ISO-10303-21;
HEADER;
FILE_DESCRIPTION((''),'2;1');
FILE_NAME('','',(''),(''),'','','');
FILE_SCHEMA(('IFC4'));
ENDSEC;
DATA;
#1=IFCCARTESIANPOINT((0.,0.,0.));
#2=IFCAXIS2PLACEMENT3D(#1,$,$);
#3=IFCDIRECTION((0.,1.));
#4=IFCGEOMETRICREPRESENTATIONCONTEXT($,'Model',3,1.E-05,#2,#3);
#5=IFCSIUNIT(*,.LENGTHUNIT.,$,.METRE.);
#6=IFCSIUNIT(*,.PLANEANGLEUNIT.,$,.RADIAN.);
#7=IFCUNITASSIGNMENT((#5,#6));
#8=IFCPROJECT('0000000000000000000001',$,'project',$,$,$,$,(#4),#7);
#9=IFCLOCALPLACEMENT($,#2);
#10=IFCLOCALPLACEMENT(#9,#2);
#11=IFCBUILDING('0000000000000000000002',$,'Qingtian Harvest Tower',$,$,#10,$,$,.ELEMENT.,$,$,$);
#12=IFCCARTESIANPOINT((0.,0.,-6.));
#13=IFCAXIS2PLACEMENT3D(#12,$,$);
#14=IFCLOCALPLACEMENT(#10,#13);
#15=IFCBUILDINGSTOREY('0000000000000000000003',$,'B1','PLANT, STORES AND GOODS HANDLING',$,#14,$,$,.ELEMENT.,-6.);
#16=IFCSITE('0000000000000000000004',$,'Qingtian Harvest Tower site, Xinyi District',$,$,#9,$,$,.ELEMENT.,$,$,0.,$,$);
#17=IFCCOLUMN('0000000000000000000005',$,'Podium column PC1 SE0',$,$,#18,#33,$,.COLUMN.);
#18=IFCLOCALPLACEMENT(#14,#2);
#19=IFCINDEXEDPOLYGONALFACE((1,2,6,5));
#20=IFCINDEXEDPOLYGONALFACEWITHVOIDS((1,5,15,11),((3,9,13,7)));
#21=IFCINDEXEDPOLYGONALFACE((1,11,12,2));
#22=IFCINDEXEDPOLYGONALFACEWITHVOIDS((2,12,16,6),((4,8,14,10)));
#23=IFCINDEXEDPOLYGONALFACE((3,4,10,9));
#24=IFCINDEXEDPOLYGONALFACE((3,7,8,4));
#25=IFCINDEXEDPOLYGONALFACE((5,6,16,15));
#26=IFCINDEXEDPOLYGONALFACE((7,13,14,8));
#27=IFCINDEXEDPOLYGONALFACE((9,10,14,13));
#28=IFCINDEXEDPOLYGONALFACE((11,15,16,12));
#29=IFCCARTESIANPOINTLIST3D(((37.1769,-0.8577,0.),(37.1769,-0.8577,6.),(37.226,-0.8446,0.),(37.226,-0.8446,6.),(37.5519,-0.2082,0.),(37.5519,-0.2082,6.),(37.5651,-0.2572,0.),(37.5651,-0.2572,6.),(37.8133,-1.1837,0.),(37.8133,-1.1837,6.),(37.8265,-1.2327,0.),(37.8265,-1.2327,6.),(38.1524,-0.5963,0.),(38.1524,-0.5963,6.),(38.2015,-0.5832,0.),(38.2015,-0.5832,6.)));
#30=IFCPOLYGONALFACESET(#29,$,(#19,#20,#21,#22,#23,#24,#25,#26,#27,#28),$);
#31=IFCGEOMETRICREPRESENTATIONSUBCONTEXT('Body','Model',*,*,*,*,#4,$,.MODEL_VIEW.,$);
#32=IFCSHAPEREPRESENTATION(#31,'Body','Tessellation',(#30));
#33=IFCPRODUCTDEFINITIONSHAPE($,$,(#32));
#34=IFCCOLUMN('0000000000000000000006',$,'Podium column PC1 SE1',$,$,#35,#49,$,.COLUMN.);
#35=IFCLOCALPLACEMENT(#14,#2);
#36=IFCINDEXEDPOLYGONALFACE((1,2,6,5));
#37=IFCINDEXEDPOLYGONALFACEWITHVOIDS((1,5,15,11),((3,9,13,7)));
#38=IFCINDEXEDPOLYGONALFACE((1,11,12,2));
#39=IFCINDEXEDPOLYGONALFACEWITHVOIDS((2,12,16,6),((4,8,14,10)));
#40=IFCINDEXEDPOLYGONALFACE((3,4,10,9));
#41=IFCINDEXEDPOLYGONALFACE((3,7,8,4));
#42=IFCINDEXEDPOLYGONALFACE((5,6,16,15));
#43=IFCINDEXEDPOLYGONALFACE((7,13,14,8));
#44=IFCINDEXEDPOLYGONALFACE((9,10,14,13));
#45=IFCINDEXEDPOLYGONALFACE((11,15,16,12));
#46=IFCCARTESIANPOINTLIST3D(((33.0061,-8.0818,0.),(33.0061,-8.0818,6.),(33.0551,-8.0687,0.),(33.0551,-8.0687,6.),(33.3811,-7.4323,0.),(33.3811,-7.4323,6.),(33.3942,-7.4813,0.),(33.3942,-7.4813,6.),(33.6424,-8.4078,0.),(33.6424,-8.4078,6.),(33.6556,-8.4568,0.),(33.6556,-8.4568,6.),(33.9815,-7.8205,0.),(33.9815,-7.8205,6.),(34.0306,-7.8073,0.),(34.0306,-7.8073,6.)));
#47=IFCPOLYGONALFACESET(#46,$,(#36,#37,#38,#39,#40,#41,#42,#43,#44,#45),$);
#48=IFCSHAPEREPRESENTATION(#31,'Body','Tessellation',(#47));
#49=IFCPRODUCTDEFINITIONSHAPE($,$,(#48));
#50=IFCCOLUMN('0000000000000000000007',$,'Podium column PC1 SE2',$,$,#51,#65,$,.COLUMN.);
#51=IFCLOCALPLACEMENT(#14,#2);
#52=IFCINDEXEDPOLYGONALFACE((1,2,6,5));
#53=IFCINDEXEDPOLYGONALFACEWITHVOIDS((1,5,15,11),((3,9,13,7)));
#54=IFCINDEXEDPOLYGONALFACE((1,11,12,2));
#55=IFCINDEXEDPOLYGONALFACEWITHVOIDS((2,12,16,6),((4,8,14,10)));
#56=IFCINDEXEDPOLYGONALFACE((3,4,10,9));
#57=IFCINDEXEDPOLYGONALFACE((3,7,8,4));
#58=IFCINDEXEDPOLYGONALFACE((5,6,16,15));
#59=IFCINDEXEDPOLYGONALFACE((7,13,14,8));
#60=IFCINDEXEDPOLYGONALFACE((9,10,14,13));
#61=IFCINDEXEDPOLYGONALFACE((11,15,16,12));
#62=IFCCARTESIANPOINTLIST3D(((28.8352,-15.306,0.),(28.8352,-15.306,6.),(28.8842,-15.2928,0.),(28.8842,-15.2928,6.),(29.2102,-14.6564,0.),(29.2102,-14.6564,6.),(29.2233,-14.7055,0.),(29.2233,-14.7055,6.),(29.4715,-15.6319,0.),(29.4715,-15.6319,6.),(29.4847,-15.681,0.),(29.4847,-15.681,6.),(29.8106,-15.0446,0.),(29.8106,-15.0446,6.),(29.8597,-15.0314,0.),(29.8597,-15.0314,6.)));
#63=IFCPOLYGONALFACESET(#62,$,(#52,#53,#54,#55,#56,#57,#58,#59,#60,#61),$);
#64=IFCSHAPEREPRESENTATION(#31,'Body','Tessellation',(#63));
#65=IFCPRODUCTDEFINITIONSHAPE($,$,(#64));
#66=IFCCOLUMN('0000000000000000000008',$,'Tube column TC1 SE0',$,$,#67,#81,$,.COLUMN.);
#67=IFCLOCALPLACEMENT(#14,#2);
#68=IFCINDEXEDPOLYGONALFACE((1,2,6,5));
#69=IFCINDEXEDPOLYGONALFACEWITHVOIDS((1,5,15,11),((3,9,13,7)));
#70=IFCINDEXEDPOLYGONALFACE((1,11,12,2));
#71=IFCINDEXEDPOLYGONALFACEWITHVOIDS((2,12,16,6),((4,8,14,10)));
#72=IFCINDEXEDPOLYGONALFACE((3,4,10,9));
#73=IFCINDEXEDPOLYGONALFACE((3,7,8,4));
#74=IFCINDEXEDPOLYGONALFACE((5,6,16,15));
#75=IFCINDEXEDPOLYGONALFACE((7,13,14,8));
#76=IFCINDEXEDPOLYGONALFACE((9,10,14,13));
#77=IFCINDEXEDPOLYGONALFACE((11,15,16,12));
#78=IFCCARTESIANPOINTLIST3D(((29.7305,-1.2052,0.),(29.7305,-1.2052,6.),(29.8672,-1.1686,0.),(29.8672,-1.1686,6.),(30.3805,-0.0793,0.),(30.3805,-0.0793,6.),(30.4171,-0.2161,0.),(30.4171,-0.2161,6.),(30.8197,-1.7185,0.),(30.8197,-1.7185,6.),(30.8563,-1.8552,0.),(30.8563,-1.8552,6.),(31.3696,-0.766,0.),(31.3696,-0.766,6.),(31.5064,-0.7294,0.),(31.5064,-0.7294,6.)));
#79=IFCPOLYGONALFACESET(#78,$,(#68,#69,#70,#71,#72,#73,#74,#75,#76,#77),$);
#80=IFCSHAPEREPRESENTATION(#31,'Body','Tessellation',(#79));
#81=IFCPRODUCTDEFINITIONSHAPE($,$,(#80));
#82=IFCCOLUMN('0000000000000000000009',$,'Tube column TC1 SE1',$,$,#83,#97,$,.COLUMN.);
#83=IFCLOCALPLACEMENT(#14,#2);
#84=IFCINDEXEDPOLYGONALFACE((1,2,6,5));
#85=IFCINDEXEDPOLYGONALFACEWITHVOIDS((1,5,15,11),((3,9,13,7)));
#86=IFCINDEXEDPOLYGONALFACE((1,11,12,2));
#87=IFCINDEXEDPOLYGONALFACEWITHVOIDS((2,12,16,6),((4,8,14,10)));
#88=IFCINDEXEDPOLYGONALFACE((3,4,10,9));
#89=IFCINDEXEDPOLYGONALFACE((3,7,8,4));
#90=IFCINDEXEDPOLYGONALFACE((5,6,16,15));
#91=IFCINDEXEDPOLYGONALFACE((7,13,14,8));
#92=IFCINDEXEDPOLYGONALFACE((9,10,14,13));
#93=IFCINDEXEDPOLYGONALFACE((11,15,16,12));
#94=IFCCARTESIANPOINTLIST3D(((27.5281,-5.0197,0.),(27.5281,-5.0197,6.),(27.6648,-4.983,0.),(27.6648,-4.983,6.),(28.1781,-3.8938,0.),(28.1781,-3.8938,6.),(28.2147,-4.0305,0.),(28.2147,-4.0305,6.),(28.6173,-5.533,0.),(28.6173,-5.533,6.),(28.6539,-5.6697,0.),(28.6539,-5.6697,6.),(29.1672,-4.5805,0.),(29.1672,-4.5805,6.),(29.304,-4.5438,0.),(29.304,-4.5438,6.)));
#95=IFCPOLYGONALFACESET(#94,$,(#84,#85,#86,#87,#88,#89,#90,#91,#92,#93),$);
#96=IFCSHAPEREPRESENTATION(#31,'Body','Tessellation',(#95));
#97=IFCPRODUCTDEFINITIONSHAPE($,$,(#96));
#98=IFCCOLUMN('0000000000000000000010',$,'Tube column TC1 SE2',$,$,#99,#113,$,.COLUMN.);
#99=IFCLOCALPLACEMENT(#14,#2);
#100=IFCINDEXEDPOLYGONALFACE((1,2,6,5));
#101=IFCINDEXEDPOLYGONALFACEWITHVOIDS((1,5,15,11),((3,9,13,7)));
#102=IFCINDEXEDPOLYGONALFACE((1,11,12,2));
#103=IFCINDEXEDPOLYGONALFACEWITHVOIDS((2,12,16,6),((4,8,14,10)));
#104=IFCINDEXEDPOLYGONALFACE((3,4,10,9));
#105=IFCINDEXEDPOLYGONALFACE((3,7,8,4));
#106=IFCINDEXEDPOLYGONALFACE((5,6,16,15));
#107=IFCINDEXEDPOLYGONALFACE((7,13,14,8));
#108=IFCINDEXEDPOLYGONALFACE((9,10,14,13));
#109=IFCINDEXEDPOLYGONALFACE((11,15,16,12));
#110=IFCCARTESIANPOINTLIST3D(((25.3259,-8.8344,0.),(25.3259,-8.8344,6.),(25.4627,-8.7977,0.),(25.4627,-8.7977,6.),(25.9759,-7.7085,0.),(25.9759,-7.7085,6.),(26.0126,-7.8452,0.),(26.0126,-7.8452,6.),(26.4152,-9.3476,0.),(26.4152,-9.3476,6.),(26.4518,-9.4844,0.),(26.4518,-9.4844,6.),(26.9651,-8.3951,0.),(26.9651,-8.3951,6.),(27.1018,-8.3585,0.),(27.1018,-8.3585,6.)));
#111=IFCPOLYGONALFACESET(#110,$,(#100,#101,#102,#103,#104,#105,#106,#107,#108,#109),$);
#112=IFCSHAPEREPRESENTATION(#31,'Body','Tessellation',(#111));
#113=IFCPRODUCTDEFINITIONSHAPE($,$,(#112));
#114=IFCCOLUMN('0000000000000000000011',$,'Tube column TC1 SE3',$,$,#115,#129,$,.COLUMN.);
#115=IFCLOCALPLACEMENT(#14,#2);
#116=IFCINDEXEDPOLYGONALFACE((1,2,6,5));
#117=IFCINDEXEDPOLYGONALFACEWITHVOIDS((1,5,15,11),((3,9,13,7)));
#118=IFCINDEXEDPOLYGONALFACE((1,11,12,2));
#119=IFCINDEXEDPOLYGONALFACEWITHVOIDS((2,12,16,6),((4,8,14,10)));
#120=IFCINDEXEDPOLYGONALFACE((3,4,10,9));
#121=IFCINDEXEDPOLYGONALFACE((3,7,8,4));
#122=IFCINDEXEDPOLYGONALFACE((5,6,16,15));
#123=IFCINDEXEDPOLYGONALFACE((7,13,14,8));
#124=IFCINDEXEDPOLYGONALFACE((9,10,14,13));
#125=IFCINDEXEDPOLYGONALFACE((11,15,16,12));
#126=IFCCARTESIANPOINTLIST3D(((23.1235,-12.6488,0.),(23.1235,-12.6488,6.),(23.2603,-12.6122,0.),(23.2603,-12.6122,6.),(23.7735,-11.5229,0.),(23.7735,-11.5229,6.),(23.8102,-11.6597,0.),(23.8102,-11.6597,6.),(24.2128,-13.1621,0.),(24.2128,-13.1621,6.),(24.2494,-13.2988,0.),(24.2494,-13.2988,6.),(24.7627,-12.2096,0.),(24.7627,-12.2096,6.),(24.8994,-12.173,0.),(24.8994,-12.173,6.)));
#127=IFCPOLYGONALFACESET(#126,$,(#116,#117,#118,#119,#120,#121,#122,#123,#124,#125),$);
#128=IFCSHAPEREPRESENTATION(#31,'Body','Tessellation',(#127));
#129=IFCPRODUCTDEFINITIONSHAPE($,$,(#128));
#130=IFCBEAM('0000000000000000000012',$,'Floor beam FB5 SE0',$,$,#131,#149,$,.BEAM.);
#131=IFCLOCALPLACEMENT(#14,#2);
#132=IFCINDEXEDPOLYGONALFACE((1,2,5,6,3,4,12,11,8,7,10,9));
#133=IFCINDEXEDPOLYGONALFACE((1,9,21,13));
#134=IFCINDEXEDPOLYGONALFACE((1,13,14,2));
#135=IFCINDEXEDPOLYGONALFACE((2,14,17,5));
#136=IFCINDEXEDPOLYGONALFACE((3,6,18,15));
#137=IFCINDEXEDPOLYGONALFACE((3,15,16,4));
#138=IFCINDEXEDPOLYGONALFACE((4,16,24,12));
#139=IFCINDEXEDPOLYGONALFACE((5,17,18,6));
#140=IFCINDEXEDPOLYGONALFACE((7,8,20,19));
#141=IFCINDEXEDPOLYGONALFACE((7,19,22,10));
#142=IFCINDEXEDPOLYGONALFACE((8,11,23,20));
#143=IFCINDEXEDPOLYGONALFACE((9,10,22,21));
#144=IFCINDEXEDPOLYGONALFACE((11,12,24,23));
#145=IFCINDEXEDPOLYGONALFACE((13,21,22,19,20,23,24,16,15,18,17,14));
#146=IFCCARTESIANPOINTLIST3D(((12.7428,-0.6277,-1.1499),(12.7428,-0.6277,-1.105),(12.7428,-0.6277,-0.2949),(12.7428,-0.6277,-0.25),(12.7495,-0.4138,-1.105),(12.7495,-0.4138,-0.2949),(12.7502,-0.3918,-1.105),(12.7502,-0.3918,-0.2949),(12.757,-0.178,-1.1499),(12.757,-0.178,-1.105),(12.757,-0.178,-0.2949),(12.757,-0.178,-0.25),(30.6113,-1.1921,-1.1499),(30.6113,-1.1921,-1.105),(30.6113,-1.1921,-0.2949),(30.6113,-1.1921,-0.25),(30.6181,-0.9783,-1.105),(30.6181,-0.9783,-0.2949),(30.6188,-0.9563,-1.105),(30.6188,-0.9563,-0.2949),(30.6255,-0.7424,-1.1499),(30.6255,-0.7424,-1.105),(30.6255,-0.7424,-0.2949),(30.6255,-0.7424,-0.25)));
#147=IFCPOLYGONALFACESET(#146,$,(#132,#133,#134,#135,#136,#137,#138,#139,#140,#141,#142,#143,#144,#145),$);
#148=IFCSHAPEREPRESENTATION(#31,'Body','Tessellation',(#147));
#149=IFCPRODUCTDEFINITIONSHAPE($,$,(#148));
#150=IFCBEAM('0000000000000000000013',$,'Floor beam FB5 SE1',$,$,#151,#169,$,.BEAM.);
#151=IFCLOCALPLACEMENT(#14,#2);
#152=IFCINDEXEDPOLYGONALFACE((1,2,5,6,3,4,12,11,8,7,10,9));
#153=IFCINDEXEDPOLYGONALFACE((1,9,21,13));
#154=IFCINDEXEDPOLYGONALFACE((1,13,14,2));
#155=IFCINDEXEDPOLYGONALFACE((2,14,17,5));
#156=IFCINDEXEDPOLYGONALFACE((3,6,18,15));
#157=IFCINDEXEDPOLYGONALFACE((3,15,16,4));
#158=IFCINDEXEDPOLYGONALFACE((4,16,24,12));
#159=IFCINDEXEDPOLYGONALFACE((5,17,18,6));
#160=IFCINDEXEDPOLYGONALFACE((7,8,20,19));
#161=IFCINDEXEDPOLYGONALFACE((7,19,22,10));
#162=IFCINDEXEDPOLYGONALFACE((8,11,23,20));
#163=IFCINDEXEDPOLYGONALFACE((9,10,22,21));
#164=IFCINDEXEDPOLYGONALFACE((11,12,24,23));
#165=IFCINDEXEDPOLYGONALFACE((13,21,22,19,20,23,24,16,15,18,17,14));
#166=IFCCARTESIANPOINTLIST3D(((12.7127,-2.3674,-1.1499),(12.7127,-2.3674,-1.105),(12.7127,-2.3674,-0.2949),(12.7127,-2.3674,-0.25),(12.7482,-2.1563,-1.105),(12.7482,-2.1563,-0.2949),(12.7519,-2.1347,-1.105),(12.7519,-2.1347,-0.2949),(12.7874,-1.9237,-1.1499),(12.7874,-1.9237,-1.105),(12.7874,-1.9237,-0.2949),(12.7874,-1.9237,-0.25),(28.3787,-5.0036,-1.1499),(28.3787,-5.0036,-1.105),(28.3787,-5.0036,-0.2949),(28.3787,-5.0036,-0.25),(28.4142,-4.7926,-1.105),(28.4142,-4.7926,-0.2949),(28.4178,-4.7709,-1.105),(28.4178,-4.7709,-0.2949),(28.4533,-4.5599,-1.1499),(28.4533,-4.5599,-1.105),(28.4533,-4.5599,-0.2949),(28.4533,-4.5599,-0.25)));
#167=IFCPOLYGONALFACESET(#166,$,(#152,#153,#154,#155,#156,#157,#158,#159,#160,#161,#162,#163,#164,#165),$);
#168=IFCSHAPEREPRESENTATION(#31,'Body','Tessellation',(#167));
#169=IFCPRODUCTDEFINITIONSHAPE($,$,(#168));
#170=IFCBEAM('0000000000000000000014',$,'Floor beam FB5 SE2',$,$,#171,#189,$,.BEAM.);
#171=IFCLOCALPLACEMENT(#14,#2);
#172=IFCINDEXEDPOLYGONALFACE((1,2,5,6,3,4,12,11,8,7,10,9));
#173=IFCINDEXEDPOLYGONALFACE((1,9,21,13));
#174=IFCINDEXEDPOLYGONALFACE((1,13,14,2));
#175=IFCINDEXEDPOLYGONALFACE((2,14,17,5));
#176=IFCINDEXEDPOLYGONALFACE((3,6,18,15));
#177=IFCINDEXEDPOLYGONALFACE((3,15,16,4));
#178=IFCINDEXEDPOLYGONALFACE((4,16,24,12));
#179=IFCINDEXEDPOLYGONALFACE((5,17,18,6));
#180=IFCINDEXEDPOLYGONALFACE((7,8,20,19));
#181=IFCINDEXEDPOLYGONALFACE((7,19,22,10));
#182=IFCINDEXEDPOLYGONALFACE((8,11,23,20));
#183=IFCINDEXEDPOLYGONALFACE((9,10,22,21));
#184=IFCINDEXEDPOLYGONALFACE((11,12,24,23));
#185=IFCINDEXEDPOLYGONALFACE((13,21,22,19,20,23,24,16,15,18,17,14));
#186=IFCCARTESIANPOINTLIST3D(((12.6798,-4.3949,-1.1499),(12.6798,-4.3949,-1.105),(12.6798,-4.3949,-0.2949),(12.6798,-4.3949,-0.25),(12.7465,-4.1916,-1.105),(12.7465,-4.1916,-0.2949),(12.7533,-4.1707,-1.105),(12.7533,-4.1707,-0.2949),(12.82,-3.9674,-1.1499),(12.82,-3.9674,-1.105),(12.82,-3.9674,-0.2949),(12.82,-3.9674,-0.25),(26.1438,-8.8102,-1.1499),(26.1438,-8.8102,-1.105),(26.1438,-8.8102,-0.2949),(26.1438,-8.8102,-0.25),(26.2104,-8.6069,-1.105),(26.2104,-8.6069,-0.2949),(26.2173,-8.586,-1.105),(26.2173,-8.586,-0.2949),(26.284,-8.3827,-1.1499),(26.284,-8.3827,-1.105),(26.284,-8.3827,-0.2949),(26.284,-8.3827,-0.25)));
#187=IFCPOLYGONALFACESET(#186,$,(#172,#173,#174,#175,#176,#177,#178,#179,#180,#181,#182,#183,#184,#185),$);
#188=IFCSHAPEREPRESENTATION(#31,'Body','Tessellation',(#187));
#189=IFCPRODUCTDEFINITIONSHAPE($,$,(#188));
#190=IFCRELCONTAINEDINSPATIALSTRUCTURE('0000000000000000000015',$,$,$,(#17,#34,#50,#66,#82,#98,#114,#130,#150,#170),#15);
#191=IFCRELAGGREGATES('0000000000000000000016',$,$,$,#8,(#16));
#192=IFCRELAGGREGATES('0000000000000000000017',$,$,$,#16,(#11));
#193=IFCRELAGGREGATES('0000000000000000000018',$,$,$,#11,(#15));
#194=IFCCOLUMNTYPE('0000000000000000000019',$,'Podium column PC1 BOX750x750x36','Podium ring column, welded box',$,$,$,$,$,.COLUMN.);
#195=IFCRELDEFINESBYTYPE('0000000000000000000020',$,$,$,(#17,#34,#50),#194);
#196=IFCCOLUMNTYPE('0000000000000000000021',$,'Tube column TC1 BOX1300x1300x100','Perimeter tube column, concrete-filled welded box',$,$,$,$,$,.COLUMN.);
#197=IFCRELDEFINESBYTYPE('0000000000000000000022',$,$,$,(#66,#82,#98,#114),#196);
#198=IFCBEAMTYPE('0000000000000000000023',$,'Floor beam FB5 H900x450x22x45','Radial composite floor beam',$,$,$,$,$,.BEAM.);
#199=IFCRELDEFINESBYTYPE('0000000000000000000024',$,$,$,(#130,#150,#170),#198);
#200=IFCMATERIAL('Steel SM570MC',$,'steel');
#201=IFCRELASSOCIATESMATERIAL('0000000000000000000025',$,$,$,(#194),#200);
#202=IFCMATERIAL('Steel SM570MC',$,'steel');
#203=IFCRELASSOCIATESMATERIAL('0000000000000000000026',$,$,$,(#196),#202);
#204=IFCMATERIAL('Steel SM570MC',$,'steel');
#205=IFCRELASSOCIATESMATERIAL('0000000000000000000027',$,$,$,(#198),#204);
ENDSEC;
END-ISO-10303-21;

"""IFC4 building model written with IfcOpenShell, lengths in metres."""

from ifc_helpers import new_model, si_unit, direction, frame, origin, origin_2d, place, context, subcontext, project, spatial, hollow_rectangle, i_section, extrude, material, material_profile, profile_set, type_object, element, save


model = new_model("IFC4")

# Units and contexts
model_context = context("Model", 3, precision=1e-05, world=origin(), true_north=direction((0.0, 1.0)))
body_context = subcontext(model_context, "Body", "Model", "MODEL_VIEW")
ifc_project = project(units=[si_unit("LENGTHUNIT", "METRE"), si_unit("PLANEANGLEUNIT", "RADIAN")], contexts=[model_context])

# Site, building, storey
site_placement = place(None, origin())
site = spatial("IfcSite", under=ifc_project, at=site_placement, Name="Qingtian Harvest Tower site, Xinyi District", CompositionType="ELEMENT", RefElevation=0.0)
building_placement = place(site_placement, origin())
building = spatial("IfcBuilding", under=site, at=building_placement, Name="Qingtian Harvest Tower", CompositionType="ELEMENT")
storey_placement = place(building_placement, frame((0.0, 0.0, -6.0)))
storey = spatial("IfcBuildingStorey", under=building, at=storey_placement, Name="B1", Description="PLANT, STORES AND GOODS HANDLING", CompositionType="ELEMENT", Elevation=-6.0)

# Columns
ifc_material_1 = material(Name="Steel SM570MC", Category="steel")
ifc_material_profile_1 = material_profile(ifc_material_1, hollow_rectangle(XDim=0.75, YDim=0.75, WallThickness=0.0359, at=origin_2d()), Name="BOX750x750x36")
ifc_profile_set_1 = profile_set([ifc_material_profile_1], Name="Steel SM570MC")
column_type_1 = type_object("IfcColumnType", Name="Podium column PC1 BOX750x750x36", Description="Podium ring column, welded box", PredefinedType="COLUMN", material=ifc_profile_set_1)
for number, where, z_axis, x_axis, name in (
    (1, (37.6892, -0.7205, 0.0), (0.0, 0.0, 1.0), (0.5, 0.866025, 0.0), "Podium column PC1 SE0"),
    (2, (33.5183, -7.9446, 0.0), (0.0, 0.0, 1.0), (0.5, 0.866025, 0.0), "Podium column PC1 SE1"),
    (3, (29.3474, -15.1687, 0.0), (0.0, 0.0, 1.0), (0.5, 0.866025, 0.0), "Podium column PC1 SE2"),
):
    element("IfcColumn", number, at=place(storey_placement, frame(where, z_axis=z_axis, x_axis=x_axis)), inside=storey, type_object=column_type_1, Name=name, PredefinedType="COLUMN", context=body_context, shape_type="SweptSolid", body=[
        extrude(hollow_rectangle(XDim=0.75, YDim=0.75, WallThickness=0.0359, at=origin_2d()), origin(), (0.0, 0.0, 1.0), 6.0),
    ])
ifc_material_2 = material(Name="Steel SM570MC", Category="steel")
ifc_material_profile_2 = material_profile(ifc_material_2, hollow_rectangle(XDim=1.3, YDim=1.3, WallThickness=0.1001, at=origin_2d()), Name="BOX1300x1300x100")
ifc_profile_set_2 = profile_set([ifc_material_profile_2], Name="Steel SM570MC")
column_type_2 = type_object("IfcColumnType", Name="Tube column TC1 BOX1300x1300x100", Description="Perimeter tube column, concrete-filled welded box", PredefinedType="COLUMN", material=ifc_profile_set_2)
for number, where, z_axis, x_axis, name in (
    (4, (30.6184, -0.9673, 0.0), (0.0, 0.0, 1.0), (0.5, 0.866025, 0.0), "Tube column TC1 SE0"),
    (5, (28.416, -4.7817, 0.0), (0.0, 0.0, 1.0), (0.5, 0.866025, 0.0), "Tube column TC1 SE1"),
    (6, (26.2139, -8.5964, 0.0), (0.0, 0.0, 1.0), (0.5, 0.866025, 0.0), "Tube column TC1 SE2"),
    (7, (24.0115, -12.4109, 0.0), (0.0, 0.0, 1.0), (0.5, 0.866025, 0.0), "Tube column TC1 SE3"),
):
    element("IfcColumn", number, at=place(storey_placement, frame(where, z_axis=z_axis, x_axis=x_axis)), inside=storey, type_object=column_type_2, Name=name, PredefinedType="COLUMN", context=body_context, shape_type="SweptSolid", body=[
        extrude(hollow_rectangle(XDim=1.3, YDim=1.3, WallThickness=0.1001, at=origin_2d()), origin(), (0.0, 0.0, 1.0), 6.0),
    ])

# Beams
ifc_material_3 = material(Name="Steel SM570MC", Category="steel")
ifc_material_profile_3 = material_profile(ifc_material_3, i_section(OverallWidth=0.45, OverallDepth=0.8999, WebThickness=0.022, FlangeThickness=0.0449, at=origin_2d()), Name="H900x450x22x45")
ifc_profile_set_3 = profile_set([ifc_material_profile_3], Name="Steel SM570MC")
beam_type_1 = type_object("IfcBeamType", Name="Floor beam FB5 H900x450x22x45", Description="Radial composite floor beam", PredefinedType="BEAM", material=ifc_profile_set_3)
beam_1_placement = place(storey_placement, frame((30.6184, -0.9673, -0.7), z_axis=(-0.999501, 0.031574, 0.0), x_axis=(-0.031574, -0.999501, 0.0)))
element("IfcBeam", 8, at=beam_1_placement, inside=storey, type_object=beam_type_1, Name="Floor beam FB5 SE0", PredefinedType="BEAM", context=body_context, shape_type="SweptSolid", body=[
    extrude(i_section(OverallWidth=0.45, OverallDepth=0.8999, WebThickness=0.022, FlangeThickness=0.0449, at=origin_2d()), origin(), (0.0, 0.0, 1.0), 17.8774),
])
beam_2_placement = place(storey_placement, frame((28.416, -4.7817, -0.7), z_axis=(-0.986135, 0.165944, 0.0), x_axis=(-0.165944, -0.986135, 0.0)))
element("IfcBeam", 9, at=beam_2_placement, inside=storey, type_object=beam_type_1, Name="Floor beam FB5 SE1", PredefinedType="BEAM", context=body_context, shape_type="SweptSolid", body=[
    extrude(i_section(OverallWidth=0.45, OverallDepth=0.8999, WebThickness=0.022, FlangeThickness=0.0449, at=origin_2d()), origin(), (0.0, 0.0, 1.0), 15.8862),
])
beam_3_placement = place(storey_placement, frame((26.2139, -8.5964, -0.7), z_axis=(-0.950211, 0.311608, 0.0), x_axis=(-0.311608, -0.950211, 0.0)))
element("IfcBeam", 10, at=beam_3_placement, inside=storey, type_object=beam_type_1, Name="Floor beam FB5 SE2", PredefinedType="BEAM", context=body_context, shape_type="SweptSolid", body=[
    extrude(i_section(OverallWidth=0.45, OverallDepth=0.8999, WebThickness=0.022, FlangeThickness=0.0449, at=origin_2d()), origin(), (0.0, 0.0, 1.0), 14.1694),
])

save(model, "model.ifc")
